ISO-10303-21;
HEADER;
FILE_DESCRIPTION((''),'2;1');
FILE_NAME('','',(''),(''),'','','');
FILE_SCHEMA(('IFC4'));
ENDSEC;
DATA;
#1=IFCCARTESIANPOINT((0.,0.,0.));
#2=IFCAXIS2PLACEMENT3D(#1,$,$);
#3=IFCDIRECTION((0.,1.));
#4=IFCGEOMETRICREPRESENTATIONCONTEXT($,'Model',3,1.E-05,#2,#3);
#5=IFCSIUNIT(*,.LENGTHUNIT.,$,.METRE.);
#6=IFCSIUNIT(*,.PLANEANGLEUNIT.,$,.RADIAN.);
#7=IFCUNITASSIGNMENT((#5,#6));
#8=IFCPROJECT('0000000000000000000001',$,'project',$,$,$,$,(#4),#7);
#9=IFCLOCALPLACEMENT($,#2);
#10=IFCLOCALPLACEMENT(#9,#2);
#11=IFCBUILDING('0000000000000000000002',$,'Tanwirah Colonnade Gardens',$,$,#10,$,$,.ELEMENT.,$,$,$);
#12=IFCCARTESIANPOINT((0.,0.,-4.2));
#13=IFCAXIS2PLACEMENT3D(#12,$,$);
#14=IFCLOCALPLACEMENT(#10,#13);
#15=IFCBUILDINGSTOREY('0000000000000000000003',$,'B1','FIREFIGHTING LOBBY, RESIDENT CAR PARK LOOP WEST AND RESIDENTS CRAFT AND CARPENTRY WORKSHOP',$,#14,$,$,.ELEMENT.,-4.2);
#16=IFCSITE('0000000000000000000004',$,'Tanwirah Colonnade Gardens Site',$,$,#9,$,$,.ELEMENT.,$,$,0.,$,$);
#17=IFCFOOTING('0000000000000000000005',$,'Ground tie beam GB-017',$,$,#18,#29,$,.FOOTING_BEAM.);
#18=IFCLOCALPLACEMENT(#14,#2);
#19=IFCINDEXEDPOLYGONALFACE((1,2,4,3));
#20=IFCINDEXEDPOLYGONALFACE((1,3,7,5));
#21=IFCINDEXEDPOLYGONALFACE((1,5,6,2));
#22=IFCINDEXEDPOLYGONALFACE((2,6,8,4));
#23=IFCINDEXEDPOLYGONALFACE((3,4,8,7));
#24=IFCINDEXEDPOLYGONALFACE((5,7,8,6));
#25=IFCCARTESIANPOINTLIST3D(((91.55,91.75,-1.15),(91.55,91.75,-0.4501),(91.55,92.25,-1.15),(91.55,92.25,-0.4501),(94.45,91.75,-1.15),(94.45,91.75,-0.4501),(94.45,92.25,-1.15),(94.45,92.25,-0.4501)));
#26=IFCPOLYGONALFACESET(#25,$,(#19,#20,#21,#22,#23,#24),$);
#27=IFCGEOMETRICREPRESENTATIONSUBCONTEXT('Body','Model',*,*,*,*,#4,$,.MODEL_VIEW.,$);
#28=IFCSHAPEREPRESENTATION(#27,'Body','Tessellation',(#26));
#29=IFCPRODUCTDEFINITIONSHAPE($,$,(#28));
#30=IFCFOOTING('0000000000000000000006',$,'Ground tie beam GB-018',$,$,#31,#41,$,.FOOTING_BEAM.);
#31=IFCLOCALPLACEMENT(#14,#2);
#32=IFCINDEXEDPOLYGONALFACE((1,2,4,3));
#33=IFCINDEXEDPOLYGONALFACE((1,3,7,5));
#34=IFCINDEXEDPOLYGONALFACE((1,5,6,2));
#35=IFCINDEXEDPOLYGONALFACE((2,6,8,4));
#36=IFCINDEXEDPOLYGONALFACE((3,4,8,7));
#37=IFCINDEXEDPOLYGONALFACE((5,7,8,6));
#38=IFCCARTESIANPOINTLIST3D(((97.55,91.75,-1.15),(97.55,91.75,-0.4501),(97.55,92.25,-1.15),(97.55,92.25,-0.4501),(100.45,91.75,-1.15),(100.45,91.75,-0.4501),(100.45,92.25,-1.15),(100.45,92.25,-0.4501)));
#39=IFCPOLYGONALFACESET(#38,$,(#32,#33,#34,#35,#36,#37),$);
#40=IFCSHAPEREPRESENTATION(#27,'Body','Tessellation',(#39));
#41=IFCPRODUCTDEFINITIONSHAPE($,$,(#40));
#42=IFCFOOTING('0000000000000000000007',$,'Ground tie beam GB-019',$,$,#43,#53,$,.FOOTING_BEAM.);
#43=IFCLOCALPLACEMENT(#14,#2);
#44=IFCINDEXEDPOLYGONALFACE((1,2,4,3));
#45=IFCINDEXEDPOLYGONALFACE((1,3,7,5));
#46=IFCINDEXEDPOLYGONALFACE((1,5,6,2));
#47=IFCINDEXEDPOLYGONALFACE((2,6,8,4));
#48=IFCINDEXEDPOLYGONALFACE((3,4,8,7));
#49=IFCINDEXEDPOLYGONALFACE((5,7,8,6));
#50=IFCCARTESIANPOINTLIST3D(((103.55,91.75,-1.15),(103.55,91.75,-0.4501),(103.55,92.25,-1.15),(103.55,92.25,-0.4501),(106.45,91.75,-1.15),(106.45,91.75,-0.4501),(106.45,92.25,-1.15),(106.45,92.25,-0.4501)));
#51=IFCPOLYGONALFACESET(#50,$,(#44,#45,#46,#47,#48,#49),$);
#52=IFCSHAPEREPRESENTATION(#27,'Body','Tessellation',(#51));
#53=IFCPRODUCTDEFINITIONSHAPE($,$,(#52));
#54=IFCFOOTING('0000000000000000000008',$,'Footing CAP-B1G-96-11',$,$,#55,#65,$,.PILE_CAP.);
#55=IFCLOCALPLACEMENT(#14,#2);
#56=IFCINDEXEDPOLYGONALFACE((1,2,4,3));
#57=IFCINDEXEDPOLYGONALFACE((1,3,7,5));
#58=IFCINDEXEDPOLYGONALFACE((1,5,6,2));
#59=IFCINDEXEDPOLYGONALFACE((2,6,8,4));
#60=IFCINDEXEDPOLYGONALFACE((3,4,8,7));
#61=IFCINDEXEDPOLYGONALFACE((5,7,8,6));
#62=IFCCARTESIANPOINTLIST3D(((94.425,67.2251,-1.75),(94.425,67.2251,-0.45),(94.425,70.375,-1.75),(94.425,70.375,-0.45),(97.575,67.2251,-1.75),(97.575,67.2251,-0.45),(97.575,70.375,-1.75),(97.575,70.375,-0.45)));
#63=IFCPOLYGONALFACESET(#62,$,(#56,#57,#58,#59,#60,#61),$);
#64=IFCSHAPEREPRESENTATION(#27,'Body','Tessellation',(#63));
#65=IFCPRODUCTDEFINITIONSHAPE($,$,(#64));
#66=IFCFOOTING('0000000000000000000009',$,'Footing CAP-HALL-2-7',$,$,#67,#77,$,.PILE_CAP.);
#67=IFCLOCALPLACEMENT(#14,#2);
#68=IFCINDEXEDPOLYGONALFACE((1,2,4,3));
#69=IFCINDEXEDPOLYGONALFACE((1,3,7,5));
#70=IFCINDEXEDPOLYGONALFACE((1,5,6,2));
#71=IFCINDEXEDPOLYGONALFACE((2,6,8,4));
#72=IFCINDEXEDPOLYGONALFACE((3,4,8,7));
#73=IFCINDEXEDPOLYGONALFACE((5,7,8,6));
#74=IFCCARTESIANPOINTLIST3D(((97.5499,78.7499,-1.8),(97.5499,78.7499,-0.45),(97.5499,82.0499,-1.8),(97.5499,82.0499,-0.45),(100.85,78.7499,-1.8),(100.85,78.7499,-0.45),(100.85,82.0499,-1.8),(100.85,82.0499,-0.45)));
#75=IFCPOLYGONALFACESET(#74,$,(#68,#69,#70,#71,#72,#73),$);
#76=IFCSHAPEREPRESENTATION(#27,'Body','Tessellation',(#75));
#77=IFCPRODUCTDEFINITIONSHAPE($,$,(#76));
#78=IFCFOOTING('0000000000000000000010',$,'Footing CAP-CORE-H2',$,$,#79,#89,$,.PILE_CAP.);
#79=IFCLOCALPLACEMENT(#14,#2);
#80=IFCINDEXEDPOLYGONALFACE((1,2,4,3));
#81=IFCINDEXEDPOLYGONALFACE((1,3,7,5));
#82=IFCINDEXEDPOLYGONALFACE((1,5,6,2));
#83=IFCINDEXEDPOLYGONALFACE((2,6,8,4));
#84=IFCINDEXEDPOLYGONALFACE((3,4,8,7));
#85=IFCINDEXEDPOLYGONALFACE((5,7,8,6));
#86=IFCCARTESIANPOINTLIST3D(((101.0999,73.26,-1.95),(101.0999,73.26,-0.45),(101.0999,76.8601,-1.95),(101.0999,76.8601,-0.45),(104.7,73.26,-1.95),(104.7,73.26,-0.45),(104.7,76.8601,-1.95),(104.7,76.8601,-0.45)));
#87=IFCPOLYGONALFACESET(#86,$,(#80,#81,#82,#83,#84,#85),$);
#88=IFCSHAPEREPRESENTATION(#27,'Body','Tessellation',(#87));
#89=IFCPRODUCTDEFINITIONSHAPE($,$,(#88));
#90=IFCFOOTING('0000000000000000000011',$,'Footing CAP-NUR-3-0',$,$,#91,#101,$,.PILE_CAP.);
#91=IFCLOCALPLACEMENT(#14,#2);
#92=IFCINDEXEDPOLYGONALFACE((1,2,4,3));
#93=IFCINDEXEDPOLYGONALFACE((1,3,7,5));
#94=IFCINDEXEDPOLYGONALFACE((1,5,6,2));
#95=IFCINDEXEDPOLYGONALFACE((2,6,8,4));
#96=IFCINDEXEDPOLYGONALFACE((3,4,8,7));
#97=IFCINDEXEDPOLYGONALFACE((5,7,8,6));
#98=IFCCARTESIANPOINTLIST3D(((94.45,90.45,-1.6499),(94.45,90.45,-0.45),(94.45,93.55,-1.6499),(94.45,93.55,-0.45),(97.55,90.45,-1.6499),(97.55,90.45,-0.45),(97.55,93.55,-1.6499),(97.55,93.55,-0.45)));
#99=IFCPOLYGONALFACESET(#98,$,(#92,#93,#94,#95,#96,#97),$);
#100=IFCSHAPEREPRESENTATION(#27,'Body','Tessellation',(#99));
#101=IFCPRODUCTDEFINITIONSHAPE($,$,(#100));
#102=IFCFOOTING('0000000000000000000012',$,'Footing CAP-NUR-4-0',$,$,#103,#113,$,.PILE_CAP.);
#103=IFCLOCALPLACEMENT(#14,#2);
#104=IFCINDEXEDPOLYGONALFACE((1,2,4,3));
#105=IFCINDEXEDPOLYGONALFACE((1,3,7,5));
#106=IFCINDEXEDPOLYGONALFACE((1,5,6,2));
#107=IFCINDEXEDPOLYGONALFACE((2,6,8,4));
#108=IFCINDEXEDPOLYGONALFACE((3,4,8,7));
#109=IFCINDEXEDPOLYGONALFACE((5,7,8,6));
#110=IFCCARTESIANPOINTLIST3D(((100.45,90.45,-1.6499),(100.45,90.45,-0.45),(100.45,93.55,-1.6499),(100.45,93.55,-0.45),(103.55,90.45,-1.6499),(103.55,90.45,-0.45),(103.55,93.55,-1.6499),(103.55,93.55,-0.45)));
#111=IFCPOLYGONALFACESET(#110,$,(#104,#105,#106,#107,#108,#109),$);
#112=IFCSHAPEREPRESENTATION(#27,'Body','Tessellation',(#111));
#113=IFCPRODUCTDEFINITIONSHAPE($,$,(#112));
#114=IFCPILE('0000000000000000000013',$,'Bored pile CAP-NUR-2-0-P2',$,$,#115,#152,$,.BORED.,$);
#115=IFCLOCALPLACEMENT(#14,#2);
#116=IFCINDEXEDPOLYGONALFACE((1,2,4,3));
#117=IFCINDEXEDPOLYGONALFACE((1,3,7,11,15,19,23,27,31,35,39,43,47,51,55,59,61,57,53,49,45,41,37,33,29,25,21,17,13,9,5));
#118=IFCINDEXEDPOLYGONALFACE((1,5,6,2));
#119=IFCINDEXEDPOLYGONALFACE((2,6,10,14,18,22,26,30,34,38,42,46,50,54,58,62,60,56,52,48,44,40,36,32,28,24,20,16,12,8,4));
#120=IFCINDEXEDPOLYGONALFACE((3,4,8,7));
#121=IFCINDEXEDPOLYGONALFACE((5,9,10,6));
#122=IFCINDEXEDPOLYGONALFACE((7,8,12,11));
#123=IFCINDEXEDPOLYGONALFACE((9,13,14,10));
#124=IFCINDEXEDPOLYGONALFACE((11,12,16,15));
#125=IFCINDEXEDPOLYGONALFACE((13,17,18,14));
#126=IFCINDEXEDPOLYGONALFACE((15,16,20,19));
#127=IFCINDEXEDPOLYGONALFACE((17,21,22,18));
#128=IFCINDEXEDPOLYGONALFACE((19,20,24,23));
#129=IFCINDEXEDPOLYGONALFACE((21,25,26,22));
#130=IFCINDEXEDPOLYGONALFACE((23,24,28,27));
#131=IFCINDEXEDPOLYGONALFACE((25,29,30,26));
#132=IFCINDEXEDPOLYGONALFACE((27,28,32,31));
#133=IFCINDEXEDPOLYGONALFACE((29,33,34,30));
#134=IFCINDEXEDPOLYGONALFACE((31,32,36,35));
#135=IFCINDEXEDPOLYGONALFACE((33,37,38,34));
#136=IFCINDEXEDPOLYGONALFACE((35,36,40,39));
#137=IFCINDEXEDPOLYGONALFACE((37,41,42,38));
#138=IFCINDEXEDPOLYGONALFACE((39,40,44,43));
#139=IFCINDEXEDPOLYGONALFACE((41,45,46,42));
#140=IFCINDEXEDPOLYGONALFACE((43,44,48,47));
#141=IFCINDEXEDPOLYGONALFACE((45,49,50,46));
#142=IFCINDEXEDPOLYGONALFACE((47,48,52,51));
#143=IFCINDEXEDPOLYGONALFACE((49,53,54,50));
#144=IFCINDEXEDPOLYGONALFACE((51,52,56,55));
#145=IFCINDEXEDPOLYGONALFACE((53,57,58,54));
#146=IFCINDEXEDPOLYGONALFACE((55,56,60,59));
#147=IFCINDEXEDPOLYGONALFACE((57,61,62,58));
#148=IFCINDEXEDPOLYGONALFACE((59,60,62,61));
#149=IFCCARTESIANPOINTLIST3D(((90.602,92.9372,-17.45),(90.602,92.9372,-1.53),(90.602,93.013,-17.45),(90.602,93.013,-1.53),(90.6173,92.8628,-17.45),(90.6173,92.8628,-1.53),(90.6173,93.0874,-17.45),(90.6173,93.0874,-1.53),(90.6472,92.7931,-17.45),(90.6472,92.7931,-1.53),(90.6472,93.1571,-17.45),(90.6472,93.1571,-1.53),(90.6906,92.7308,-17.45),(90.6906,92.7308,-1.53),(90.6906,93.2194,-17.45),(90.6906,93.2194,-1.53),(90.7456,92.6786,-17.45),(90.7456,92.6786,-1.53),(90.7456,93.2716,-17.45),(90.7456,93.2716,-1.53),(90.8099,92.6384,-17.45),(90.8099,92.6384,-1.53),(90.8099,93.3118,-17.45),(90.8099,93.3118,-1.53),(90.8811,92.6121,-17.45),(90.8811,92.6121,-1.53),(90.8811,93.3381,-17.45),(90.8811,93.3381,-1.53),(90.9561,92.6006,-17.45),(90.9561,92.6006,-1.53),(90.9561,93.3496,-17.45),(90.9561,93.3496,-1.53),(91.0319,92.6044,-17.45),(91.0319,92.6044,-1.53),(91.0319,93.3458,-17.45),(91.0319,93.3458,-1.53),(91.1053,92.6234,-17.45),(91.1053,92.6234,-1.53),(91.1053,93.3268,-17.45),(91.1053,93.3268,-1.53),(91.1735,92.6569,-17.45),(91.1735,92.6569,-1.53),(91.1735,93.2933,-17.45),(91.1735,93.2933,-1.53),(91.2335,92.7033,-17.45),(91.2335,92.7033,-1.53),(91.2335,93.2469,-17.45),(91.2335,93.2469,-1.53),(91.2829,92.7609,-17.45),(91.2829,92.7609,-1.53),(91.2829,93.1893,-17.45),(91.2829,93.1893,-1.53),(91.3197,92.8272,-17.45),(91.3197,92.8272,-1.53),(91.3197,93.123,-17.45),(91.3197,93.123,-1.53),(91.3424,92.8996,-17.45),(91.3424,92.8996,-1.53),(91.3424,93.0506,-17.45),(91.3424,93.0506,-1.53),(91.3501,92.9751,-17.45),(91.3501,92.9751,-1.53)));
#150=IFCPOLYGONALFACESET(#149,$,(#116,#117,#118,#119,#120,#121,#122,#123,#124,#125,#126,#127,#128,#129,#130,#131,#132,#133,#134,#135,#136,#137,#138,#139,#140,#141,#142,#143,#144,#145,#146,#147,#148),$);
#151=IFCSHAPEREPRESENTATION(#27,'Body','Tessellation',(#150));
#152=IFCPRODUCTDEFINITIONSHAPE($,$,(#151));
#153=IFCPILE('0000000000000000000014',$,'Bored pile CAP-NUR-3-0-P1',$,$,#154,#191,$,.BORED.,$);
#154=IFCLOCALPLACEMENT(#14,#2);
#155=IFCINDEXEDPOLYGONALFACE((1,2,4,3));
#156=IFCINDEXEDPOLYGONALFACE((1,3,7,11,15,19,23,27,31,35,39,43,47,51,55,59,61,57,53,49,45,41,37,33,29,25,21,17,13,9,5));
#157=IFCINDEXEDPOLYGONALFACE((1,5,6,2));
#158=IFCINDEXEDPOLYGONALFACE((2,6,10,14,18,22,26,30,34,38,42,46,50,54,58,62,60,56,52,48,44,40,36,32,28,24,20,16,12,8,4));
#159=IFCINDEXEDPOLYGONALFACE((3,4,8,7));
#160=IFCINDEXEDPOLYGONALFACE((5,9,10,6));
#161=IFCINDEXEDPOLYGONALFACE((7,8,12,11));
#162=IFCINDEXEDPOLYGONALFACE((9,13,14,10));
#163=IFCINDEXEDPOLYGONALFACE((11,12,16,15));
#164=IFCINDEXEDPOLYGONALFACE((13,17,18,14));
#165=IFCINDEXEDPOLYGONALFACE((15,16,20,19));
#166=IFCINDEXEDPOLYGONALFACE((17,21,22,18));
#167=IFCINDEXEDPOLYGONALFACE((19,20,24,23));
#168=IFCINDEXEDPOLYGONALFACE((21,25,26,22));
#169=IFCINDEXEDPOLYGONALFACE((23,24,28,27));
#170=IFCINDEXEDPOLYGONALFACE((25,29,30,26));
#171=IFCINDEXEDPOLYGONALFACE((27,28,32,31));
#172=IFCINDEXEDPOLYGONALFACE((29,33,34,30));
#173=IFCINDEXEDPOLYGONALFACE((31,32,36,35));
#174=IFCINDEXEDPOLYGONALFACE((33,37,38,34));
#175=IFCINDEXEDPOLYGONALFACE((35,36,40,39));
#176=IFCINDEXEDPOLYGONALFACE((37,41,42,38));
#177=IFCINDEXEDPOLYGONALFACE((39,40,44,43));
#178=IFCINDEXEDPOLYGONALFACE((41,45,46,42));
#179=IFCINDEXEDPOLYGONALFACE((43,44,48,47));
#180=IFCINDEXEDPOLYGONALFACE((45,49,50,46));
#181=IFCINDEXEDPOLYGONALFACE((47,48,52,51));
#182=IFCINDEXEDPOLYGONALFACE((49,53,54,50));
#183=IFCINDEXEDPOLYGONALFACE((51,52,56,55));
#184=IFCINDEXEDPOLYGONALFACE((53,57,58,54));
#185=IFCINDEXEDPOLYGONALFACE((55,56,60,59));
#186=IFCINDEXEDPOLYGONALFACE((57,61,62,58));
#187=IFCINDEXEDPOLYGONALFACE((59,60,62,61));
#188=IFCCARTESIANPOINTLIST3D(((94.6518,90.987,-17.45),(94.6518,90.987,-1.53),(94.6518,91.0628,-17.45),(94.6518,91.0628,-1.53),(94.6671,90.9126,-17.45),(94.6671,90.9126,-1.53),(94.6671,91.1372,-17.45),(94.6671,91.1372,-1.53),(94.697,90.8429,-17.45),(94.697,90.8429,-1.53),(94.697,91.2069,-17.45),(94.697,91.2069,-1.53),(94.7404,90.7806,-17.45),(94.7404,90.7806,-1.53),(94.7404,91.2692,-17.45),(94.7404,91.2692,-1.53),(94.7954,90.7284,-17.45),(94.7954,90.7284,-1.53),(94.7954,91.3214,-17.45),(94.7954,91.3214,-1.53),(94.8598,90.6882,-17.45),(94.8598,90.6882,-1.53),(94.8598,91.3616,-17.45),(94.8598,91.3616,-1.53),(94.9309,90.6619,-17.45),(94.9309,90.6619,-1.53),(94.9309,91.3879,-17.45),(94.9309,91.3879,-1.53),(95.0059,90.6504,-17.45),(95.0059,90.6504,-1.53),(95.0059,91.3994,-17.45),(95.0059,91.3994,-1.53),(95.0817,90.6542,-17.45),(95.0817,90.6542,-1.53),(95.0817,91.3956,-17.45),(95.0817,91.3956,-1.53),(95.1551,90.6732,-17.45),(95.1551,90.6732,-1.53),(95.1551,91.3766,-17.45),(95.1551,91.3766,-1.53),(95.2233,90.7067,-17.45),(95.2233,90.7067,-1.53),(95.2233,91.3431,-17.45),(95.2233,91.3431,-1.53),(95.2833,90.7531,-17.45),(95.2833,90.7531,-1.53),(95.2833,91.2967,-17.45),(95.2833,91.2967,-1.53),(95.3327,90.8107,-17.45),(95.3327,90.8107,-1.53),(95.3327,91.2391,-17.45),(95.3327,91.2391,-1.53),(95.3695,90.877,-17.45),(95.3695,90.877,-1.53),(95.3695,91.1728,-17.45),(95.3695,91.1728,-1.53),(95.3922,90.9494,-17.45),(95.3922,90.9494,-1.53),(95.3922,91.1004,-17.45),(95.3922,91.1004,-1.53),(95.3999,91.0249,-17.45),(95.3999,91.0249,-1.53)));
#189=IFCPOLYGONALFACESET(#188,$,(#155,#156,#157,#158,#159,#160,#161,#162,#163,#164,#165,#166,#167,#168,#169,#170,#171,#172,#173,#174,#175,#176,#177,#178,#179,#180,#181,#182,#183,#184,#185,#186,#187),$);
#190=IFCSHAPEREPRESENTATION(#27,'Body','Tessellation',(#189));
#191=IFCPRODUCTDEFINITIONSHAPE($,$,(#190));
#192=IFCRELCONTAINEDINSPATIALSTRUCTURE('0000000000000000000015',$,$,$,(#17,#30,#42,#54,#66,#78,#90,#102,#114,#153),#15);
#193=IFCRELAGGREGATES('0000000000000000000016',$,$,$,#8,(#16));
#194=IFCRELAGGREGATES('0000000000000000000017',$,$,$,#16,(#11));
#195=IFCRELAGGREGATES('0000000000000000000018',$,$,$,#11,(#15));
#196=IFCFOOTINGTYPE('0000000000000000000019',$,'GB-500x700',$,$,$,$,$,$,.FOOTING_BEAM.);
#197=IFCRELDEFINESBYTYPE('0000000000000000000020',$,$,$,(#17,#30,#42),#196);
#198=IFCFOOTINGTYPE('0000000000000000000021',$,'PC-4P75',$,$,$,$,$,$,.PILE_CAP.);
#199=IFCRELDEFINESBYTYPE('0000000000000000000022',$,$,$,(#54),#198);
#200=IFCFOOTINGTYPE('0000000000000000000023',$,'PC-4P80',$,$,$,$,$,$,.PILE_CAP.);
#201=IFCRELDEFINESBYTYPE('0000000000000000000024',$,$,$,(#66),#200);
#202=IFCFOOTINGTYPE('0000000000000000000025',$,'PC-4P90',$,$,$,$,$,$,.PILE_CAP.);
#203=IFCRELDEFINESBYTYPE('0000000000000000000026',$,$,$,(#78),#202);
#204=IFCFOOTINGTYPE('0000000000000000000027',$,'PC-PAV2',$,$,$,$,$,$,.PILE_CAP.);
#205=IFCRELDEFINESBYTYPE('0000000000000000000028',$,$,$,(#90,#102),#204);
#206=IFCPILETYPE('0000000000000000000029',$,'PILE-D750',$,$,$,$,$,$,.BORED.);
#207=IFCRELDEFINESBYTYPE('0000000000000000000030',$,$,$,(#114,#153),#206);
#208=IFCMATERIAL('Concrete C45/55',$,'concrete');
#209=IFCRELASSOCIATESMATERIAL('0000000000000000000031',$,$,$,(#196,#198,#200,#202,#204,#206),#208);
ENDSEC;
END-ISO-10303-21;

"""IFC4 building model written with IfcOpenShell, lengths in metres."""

from ifc_helpers import new_model, si_unit, direction, frame, origin, origin_2d, place, context, subcontext, project, spatial, rectangle, circle, extrude, material, material_profile, profile_set, type_object, element, save


model = new_model("IFC4")

# Units and contexts
model_context = context("Model", 3, precision=1e-05, world=origin(), true_north=direction((0.0, 1.0)))
body_context = subcontext(model_context, "Body", "Model", "MODEL_VIEW")
ifc_project = project(units=[si_unit("LENGTHUNIT", "METRE"), si_unit("PLANEANGLEUNIT", "RADIAN")], contexts=[model_context])

# Site, building, storey
site_placement = place(None, origin())
site = spatial("IfcSite", under=ifc_project, at=site_placement, Name="Tanwirah Colonnade Gardens Site", CompositionType="ELEMENT", RefElevation=0.0)
building_placement = place(site_placement, origin())
building = spatial("IfcBuilding", under=site, at=building_placement, Name="Tanwirah Colonnade Gardens", CompositionType="ELEMENT")
storey_placement = place(building_placement, frame((0.0, 0.0, -4.2)))
storey = spatial("IfcBuildingStorey", under=building, at=storey_placement, Name="B1", Description="FIREFIGHTING LOBBY, RESIDENT CAR PARK LOOP WEST AND RESIDENTS CRAFT AND CARPENTRY WORKSHOP", CompositionType="ELEMENT", Elevation=-4.2)

# Footings
ifc_material_1 = material(Name="Concrete C45/55", Category="concrete")
ifc_material_profile_1 = material_profile(ifc_material_1, rectangle(XDim=0.5, YDim=0.7, at=origin_2d()), Name="GB-500x700")
ifc_profile_set_1 = profile_set([ifc_material_profile_1], Name="Concrete C45/55")
footing_type_1 = type_object("IfcFootingType", Name="GB-500x700", PredefinedType="FOOTING_BEAM", material=ifc_profile_set_1)
for number, where, z_axis, x_axis, name in (
    (1, (91.55, 92.0, -0.8), (1.0, 0.0, 0.0), (0.0, 1.0, 0.0), "Ground tie beam GB-017"),
    (2, (97.55, 92.0, -0.8), (1.0, 0.0, 0.0), (0.0, 1.0, 0.0), "Ground tie beam GB-018"),
    (3, (103.55, 92.0, -0.8), (1.0, 0.0, 0.0), (0.0, 1.0, 0.0), "Ground tie beam GB-019"),
):
    element("IfcFooting", number, at=place(storey_placement, frame(where, z_axis=z_axis, x_axis=x_axis)), inside=storey, type_object=footing_type_1, Name=name, PredefinedType="FOOTING_BEAM", context=body_context, shape_type="SweptSolid", body=[
        extrude(rectangle(XDim=0.5, YDim=0.7, at=origin_2d()), origin(), (0.0, 0.0, 1.0), 2.8999),
    ])
footing_type_2 = type_object("IfcFootingType", Name="PC-4P75", PredefinedType="PILE_CAP", material=ifc_material_1)
footing_1_placement = place(storey_placement, frame((96.0, 68.8, -1.75), z_axis=(0.0, 0.0, 1.0), x_axis=(1.0, 0.0, 0.0)))
element("IfcFooting", 4, at=footing_1_placement, inside=storey, type_object=footing_type_2, Name="Footing CAP-B1G-96-11", PredefinedType="PILE_CAP", context=body_context, shape_type="SweptSolid", body=[
    extrude(rectangle(XDim=3.1499, YDim=3.1499, at=origin_2d()), origin(), (0.0, 0.0, 1.0), 1.3),
])
footing_type_3 = type_object("IfcFootingType", Name="PC-4P80", PredefinedType="PILE_CAP", material=ifc_material_1)
footing_2_placement = place(storey_placement, frame((99.2, 80.3999, -1.8), z_axis=(0.0, 0.0, 1.0), x_axis=(1.0, 0.0, 0.0)))
element("IfcFooting", 5, at=footing_2_placement, inside=storey, type_object=footing_type_3, Name="Footing CAP-HALL-2-7", PredefinedType="PILE_CAP", context=body_context, shape_type="SweptSolid", body=[
    extrude(rectangle(XDim=3.3, YDim=3.3, at=origin_2d()), origin(), (0.0, 0.0, 1.0), 1.3501),
])
footing_type_4 = type_object("IfcFootingType", Name="PC-4P90", PredefinedType="PILE_CAP", material=ifc_material_1)
footing_3_placement = place(storey_placement, frame((102.8999, 75.0601, -1.95), z_axis=(0.0, 0.0, 1.0), x_axis=(1.0, 0.0, 0.0)))
element("IfcFooting", 6, at=footing_3_placement, inside=storey, type_object=footing_type_4, Name="Footing CAP-CORE-H2", PredefinedType="PILE_CAP", context=body_context, shape_type="SweptSolid", body=[
    extrude(rectangle(XDim=3.6001, YDim=3.6001, at=origin_2d()), origin(), (0.0, 0.0, 1.0), 1.5),
])
footing_type_5 = type_object("IfcFootingType", Name="PC-PAV2", PredefinedType="PILE_CAP", material=ifc_material_1)
for number, where, z_axis, x_axis, name in (
    (7, (96.0, 92.0, -1.6499), (0.0, 0.0, 1.0), (1.0, 0.0, 0.0), "Footing CAP-NUR-3-0"),
    (8, (102.0, 92.0, -1.6499), (0.0, 0.0, 1.0), (1.0, 0.0, 0.0), "Footing CAP-NUR-4-0"),
):
    element("IfcFooting", number, at=place(storey_placement, frame(where, z_axis=z_axis, x_axis=x_axis)), inside=storey, type_object=footing_type_5, Name=name, PredefinedType="PILE_CAP", context=body_context, shape_type="SweptSolid", body=[
        extrude(rectangle(XDim=3.1001, YDim=3.1001, at=origin_2d()), origin(), (0.0, 0.0, 1.0), 1.2),
    ])

# Piles
ifc_material_profile_2 = material_profile(ifc_material_1, circle(Radius=0.375, at=origin_2d()), Name="PILE D750")
ifc_profile_set_2 = profile_set([ifc_material_profile_2], Name="Concrete C45/55")
pile_type_1 = type_object("IfcPileType", Name="PILE-D750", PredefinedType="BORED", material=ifc_profile_set_2)
for number, where, z_axis, x_axis, name in (
    (9, (90.9751, 92.9751, -1.53), (0.0, 0.0, -1.0), (1.0, 0.0, 0.0), "Bored pile CAP-NUR-2-0-P2"),
    (10, (95.0249, 91.0249, -1.53), (0.0, 0.0, -1.0), (1.0, 0.0, 0.0), "Bored pile CAP-NUR-3-0-P1"),
):
    element("IfcPile", number, at=place(storey_placement, frame(where, z_axis=z_axis, x_axis=x_axis)), inside=storey, type_object=pile_type_1, Name=name, PredefinedType="BORED", context=body_context, shape_type="SweptSolid", body=[
        extrude(circle(Radius=0.375, at=origin_2d()), origin(), (0.0, 0.0, 1.0), 15.9199),
    ])

save(model, "model.ifc")
